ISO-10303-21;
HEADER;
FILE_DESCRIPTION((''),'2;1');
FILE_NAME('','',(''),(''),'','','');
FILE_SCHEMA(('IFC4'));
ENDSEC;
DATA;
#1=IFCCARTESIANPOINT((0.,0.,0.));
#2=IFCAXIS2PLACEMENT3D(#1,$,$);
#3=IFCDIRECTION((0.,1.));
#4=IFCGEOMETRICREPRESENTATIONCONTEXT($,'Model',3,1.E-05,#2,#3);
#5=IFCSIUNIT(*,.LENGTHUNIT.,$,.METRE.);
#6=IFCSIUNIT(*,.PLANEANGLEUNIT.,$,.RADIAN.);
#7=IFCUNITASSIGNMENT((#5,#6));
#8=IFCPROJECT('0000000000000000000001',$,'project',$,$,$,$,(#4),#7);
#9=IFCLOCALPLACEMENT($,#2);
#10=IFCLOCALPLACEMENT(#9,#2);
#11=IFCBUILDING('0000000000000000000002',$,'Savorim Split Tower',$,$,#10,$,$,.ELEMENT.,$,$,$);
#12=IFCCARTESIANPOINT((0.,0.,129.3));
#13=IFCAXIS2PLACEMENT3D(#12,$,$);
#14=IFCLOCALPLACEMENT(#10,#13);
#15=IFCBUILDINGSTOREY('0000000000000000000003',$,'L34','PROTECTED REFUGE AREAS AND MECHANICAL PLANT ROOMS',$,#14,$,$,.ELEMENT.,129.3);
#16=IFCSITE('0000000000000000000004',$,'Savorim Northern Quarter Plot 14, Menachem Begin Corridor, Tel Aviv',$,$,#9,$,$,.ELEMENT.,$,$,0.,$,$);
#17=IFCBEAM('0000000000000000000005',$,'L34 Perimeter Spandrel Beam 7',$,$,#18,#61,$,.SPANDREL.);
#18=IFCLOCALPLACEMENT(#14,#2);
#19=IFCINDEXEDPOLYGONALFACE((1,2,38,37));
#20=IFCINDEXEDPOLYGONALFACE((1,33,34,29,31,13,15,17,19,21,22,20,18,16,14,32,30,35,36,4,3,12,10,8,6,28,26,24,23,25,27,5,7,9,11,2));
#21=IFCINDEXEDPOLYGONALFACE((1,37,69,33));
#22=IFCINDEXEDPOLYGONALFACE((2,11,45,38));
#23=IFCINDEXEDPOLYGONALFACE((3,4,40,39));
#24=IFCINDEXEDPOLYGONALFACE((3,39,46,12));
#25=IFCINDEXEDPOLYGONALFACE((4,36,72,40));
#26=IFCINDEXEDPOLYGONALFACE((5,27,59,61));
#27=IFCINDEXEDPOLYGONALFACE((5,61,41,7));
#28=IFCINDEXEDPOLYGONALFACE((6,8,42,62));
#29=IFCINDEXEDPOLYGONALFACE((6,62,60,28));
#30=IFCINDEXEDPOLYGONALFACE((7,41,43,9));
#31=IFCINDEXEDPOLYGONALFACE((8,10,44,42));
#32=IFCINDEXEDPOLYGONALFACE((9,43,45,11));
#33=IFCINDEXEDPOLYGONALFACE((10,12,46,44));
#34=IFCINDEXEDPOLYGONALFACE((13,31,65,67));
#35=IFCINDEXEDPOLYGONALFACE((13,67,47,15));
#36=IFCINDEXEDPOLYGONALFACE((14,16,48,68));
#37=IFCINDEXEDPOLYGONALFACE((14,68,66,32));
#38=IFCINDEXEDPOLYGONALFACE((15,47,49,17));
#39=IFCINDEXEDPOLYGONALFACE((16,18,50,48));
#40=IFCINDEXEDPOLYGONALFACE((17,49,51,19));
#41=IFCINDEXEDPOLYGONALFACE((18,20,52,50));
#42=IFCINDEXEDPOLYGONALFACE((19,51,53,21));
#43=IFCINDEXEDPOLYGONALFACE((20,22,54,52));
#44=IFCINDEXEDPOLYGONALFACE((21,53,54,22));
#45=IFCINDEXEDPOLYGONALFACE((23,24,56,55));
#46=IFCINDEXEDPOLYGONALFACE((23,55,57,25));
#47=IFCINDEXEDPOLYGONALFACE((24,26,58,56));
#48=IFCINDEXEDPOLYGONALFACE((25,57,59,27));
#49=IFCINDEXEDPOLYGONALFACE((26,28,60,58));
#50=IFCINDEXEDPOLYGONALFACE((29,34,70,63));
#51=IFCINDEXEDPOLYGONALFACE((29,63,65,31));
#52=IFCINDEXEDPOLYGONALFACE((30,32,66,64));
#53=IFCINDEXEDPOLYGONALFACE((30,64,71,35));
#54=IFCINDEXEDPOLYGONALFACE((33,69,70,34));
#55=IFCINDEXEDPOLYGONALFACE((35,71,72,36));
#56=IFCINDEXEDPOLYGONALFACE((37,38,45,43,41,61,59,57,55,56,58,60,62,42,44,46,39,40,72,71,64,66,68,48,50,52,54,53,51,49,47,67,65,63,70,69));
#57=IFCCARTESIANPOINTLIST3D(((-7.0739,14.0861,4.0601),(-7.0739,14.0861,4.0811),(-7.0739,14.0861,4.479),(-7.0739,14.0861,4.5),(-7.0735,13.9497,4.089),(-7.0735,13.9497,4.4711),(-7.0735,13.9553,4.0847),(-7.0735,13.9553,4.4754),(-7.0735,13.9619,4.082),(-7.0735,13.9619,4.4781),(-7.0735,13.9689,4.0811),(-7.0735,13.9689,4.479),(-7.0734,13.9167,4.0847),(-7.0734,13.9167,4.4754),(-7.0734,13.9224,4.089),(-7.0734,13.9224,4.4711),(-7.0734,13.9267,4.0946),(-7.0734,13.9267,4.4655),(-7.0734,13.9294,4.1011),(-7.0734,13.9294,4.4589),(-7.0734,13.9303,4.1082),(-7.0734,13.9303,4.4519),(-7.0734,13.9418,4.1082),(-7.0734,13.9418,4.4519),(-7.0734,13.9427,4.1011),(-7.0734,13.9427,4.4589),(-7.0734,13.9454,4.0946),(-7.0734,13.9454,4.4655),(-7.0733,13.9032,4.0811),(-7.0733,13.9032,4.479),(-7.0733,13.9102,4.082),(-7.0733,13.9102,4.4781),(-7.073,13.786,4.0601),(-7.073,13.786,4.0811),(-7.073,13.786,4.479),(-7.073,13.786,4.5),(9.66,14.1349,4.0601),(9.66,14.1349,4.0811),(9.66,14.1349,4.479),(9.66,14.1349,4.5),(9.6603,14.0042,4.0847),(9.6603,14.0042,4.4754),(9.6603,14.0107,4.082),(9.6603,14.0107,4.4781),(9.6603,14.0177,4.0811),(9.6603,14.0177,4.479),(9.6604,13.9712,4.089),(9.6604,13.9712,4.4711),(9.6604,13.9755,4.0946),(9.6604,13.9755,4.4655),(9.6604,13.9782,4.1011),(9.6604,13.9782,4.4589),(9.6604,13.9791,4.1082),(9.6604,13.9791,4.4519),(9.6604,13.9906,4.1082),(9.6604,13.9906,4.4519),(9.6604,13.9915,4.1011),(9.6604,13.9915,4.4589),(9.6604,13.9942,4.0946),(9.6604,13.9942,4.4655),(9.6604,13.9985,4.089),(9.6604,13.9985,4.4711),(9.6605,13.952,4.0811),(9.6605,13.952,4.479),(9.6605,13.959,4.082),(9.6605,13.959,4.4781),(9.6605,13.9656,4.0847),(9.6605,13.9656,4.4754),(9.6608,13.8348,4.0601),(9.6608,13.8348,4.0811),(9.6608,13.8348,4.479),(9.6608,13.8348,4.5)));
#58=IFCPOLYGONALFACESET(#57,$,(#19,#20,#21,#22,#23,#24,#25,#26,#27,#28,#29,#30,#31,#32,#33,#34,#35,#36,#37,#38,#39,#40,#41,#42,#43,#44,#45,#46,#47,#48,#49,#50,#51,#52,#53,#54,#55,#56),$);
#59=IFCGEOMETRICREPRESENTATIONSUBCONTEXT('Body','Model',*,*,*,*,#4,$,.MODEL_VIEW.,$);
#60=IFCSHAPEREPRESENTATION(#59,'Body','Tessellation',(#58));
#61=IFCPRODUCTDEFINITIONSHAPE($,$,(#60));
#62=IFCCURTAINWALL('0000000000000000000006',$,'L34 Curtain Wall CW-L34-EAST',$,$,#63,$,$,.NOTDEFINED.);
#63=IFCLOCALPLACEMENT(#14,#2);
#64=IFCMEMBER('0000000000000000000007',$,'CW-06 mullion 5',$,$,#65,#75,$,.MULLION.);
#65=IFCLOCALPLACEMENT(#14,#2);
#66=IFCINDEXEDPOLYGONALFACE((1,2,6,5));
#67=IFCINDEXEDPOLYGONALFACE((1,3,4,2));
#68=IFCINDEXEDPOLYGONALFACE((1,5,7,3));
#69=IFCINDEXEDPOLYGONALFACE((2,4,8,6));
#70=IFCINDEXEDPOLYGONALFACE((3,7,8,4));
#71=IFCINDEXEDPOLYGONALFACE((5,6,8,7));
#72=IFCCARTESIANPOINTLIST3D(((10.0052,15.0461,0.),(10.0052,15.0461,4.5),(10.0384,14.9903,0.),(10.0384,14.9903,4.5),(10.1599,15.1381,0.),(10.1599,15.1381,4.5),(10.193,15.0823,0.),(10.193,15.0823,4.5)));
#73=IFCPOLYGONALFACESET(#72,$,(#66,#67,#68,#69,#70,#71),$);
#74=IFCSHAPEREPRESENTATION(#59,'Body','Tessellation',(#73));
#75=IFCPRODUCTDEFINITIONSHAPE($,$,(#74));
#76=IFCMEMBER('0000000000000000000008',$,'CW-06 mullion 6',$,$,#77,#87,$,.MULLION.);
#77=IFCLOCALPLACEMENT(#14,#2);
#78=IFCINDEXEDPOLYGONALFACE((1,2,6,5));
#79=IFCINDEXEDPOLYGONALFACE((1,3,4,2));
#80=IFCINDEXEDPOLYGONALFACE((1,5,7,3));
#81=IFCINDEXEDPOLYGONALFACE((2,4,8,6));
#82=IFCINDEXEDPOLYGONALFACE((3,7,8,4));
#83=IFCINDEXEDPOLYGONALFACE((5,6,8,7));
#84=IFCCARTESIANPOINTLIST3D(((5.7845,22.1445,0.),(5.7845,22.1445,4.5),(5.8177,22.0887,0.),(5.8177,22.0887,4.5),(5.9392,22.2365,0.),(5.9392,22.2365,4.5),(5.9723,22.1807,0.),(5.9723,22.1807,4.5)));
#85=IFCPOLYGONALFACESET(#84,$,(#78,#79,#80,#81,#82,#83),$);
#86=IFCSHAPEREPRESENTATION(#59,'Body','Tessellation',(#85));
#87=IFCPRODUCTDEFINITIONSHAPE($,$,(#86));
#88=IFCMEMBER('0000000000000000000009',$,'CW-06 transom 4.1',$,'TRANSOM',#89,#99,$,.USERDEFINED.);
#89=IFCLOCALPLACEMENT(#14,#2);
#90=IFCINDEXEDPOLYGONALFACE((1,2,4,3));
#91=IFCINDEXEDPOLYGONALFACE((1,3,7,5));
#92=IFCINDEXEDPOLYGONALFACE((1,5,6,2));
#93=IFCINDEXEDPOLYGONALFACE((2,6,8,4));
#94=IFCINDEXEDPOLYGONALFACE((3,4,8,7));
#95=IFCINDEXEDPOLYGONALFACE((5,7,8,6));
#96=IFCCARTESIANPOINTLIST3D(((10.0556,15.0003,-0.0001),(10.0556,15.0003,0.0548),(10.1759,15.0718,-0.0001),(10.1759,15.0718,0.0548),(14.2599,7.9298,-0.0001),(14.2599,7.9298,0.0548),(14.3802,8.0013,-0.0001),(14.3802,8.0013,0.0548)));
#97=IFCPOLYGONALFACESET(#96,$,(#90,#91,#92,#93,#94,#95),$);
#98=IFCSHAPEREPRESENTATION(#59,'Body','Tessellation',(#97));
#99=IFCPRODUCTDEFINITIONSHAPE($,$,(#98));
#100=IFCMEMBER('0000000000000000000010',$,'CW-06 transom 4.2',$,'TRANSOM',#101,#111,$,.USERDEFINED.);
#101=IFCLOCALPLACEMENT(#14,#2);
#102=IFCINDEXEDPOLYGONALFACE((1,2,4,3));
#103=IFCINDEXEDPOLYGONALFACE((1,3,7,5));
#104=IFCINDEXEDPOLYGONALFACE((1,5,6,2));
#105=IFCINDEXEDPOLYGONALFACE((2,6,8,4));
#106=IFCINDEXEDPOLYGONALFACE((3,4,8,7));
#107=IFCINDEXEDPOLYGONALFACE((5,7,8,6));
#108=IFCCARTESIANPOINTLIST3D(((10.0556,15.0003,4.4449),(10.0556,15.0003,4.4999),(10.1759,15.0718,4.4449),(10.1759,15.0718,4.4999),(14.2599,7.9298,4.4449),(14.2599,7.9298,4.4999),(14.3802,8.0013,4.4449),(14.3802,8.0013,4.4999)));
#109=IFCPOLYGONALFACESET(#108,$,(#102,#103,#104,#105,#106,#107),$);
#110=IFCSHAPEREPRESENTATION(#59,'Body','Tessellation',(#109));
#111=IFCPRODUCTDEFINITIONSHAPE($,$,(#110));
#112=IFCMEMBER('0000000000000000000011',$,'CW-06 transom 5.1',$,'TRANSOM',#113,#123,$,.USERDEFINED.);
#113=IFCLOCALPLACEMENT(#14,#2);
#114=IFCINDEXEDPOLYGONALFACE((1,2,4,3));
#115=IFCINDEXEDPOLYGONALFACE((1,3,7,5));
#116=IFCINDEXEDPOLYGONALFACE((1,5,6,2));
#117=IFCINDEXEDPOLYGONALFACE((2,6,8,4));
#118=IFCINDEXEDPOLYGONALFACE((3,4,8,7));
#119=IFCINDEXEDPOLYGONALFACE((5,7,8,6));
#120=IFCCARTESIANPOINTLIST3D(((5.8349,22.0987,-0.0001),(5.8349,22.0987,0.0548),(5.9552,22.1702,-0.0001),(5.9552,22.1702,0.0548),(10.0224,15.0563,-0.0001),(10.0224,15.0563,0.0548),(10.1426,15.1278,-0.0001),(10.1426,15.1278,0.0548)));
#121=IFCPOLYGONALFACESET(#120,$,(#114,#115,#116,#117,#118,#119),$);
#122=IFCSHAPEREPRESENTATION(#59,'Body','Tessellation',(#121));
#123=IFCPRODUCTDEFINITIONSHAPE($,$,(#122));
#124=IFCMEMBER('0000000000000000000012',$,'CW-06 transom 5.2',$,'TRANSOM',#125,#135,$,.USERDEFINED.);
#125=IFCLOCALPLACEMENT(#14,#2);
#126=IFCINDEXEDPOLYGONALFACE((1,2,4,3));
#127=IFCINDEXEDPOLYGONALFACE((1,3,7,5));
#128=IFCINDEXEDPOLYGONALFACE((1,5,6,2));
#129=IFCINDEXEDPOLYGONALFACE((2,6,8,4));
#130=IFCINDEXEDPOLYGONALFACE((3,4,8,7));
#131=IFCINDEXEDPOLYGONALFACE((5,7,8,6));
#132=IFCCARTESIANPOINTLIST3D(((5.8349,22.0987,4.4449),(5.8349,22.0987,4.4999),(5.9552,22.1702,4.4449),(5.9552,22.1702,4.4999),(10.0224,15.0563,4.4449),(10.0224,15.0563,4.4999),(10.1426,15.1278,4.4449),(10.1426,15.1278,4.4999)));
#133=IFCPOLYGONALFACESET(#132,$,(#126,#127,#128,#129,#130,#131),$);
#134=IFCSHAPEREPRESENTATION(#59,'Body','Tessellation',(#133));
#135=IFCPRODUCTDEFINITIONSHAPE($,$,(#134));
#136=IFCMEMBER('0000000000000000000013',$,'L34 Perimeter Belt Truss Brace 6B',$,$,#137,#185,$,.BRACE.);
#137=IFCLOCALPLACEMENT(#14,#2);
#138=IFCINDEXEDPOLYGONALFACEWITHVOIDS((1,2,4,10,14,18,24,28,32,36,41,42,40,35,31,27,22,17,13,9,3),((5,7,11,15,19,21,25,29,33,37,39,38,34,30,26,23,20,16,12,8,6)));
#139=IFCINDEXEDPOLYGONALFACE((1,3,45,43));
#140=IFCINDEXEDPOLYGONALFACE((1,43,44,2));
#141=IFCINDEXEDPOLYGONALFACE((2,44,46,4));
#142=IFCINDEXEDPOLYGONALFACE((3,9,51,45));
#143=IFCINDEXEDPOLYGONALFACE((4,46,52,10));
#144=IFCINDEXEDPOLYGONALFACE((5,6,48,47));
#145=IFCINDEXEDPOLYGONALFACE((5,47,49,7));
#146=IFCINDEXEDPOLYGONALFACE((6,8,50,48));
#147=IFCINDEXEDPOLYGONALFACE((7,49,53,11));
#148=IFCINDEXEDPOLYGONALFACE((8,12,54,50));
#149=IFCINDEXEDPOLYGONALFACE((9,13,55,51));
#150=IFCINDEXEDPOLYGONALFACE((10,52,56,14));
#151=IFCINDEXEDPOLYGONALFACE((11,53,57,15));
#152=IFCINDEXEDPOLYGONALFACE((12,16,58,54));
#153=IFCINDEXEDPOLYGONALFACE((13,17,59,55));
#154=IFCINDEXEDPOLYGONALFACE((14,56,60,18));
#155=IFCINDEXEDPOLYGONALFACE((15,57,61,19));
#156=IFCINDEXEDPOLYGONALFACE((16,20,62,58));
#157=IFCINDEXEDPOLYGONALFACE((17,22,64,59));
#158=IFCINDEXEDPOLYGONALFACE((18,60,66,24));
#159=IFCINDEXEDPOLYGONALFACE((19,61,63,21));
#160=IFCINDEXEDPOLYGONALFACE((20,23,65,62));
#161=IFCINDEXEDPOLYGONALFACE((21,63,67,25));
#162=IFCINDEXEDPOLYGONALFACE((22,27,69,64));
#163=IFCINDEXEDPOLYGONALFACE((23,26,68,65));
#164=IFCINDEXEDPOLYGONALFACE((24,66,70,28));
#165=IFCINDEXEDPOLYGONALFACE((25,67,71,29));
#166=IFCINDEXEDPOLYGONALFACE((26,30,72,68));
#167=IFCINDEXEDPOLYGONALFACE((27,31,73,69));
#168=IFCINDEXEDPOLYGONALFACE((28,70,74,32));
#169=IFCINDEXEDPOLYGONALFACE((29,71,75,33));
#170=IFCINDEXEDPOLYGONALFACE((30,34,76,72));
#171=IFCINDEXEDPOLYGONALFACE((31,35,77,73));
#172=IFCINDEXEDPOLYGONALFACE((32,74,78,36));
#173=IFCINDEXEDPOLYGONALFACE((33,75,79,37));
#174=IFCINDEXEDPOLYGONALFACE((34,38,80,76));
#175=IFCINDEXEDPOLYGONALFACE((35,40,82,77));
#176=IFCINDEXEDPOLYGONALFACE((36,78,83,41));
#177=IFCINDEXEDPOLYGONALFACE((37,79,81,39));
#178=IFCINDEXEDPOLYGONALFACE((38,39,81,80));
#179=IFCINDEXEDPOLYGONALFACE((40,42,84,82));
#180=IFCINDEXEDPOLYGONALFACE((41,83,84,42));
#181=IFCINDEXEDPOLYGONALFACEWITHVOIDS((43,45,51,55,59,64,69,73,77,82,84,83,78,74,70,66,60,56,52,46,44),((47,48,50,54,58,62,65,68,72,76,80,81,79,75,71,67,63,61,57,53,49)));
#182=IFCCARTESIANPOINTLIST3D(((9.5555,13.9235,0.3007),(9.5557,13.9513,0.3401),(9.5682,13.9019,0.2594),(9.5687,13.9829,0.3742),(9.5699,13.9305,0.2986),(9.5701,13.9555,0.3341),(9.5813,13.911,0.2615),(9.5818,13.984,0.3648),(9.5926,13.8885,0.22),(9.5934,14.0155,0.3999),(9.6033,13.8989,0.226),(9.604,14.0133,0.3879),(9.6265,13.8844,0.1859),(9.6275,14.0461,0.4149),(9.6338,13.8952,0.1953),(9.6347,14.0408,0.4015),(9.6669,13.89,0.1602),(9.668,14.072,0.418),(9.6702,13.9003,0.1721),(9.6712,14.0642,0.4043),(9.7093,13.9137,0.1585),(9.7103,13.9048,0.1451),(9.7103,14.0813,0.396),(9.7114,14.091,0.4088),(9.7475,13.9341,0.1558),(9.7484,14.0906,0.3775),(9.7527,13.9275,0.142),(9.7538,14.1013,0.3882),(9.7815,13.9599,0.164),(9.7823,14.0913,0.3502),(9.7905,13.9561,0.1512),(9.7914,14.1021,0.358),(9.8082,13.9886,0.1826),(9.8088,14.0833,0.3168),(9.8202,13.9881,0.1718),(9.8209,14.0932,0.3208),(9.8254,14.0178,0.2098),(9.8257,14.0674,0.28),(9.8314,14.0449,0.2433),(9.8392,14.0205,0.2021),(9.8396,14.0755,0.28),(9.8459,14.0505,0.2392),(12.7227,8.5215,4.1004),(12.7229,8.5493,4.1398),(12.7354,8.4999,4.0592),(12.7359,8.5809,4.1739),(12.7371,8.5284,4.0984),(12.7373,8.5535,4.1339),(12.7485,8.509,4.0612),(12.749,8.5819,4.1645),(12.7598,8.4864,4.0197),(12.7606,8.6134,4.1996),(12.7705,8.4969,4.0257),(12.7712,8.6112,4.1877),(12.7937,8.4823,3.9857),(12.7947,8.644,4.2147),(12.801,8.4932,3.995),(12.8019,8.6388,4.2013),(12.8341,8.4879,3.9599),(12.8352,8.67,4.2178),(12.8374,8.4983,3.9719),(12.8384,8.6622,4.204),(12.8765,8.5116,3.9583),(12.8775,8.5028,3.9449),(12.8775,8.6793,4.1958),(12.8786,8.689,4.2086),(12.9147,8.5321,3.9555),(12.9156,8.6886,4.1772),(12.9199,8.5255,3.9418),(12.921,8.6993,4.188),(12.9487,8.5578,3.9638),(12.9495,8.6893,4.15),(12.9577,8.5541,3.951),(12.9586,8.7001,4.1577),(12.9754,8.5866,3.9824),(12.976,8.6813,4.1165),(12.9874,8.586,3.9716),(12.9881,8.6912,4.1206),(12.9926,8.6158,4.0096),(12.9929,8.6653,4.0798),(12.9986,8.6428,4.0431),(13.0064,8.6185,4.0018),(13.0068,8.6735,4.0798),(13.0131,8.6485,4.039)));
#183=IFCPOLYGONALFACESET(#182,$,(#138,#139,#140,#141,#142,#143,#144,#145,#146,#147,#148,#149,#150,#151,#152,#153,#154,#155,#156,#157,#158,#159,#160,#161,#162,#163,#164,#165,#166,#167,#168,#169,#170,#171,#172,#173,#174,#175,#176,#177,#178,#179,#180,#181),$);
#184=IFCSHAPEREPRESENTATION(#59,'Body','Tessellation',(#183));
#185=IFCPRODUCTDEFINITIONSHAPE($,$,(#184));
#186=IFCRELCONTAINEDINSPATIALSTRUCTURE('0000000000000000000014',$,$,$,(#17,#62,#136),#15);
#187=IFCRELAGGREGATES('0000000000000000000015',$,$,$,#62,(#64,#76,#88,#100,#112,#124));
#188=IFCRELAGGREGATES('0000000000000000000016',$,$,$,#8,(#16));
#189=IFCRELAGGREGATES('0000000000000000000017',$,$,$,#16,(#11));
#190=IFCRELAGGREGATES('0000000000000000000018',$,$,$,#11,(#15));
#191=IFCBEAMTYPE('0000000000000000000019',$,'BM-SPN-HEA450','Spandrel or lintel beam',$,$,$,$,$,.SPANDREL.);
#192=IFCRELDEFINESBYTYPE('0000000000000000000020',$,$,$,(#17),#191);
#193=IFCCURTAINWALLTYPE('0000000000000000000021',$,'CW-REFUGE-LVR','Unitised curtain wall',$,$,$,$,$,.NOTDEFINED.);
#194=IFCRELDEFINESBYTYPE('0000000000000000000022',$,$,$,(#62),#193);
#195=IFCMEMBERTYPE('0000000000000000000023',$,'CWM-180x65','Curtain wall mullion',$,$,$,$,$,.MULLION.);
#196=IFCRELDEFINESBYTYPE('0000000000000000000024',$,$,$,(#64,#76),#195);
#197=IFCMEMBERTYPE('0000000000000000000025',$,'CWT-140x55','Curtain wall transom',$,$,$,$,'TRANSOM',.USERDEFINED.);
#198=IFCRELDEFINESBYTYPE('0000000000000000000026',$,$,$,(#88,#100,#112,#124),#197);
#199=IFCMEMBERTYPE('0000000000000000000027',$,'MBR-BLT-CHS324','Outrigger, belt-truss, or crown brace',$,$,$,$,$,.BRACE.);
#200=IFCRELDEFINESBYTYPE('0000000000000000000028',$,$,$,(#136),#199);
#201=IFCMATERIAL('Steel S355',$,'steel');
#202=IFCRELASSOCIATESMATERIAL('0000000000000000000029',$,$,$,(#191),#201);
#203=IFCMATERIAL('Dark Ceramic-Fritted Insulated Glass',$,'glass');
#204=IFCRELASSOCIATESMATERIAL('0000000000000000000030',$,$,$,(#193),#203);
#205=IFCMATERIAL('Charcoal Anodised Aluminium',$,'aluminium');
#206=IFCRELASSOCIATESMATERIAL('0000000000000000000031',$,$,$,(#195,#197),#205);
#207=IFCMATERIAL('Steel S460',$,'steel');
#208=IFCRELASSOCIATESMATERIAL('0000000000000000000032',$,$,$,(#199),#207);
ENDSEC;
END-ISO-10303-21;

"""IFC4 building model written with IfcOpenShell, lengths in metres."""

from ifc_helpers import new_model, si_unit, direction, frame, origin, origin_2d, place, context, subcontext, project, spatial, rectangle, hollow_circle, i_section, extrude, material, material_profile, profile_set, type_object, element, aggregate, save


model = new_model("IFC4")

# Units and contexts
model_context = context("Model", 3, precision=1e-05, world=origin(), true_north=direction((0.0, 1.0)))
body_context = subcontext(model_context, "Body", "Model", "MODEL_VIEW")
ifc_project = project(units=[si_unit("LENGTHUNIT", "METRE"), si_unit("PLANEANGLEUNIT", "RADIAN")], contexts=[model_context])

# Site, building, storey
site_placement = place(None, origin())
site = spatial("IfcSite", under=ifc_project, at=site_placement, Name="Savorim Northern Quarter Plot 14, Menachem Begin Corridor, Tel Aviv", CompositionType="ELEMENT", RefElevation=0.0)
building_placement = place(site_placement, origin())
building = spatial("IfcBuilding", under=site, at=building_placement, Name="Savorim Split Tower", CompositionType="ELEMENT")
storey_placement = place(building_placement, frame((0.0, 0.0, 129.3)))
storey = spatial("IfcBuildingStorey", under=building, at=storey_placement, Name="L34", Description="PROTECTED REFUGE AREAS AND MECHANICAL PLANT ROOMS", CompositionType="ELEMENT", Elevation=129.3)

# Shared definitions
ifc_material_1 = material(Name="Steel S460", Category="steel")

# Beam
ifc_material_2 = material(Name="Steel S355", Category="steel")
ifc_material_profile_1 = material_profile(ifc_material_2, i_section(OverallWidth=0.3, OverallDepth=0.4399, WebThickness=0.0115, FlangeThickness=0.021, FilletRadius=0.0271, at=origin_2d()), Name="HEA 450")
ifc_profile_set_1 = profile_set([ifc_material_profile_1], Name="Steel S355")
beam_type_1 = type_object("IfcBeamType", Name="BM-SPN-HEA450", Description="Spandrel or lintel beam", PredefinedType="SPANDREL", material=ifc_profile_set_1)
beam_1_placement = place(storey_placement, frame((9.6604, 13.9849, 4.28), z_axis=(-0.999996, -0.002918, 0.0), x_axis=(0.002918, -0.999996, 0.0)))
element("IfcBeam", 1, at=beam_1_placement, inside=storey, type_object=beam_type_1, Name="L34 Perimeter Spandrel Beam 7", PredefinedType="SPANDREL", context=body_context, shape_type="SweptSolid", body=[
    extrude(i_section(OverallWidth=0.3, OverallDepth=0.4399, WebThickness=0.0115, FlangeThickness=0.021, FilletRadius=0.0271, at=origin_2d()), origin(), (0.0, 0.0, 1.0), 16.7339),
])

# Curtain wall, members
ifc_material_3 = material(Name="Dark Ceramic-Fritted Insulated Glass", Category="glass")
curtain_wall_type = type_object("IfcCurtainWallType", Name="CW-REFUGE-LVR", Description="Unitised curtain wall", PredefinedType="NOTDEFINED", material=ifc_material_3)
curtain_wall_placement = place(storey_placement, origin())
curtain_wall = element("IfcCurtainWall", 2, at=curtain_wall_placement, inside=storey, type_object=curtain_wall_type, Name="L34 Curtain Wall CW-L34-EAST", PredefinedType="NOTDEFINED")
ifc_material_4 = material(Name="Charcoal Anodised Aluminium", Category="aluminium")
ifc_material_profile_2 = material_profile(ifc_material_4, rectangle(XDim=0.1799, YDim=0.0649, at=origin_2d()), Name="ALU-M 180x65")
ifc_profile_set_2 = profile_set([ifc_material_profile_2], Name="Charcoal Anodised Aluminium")
member_type_1 = type_object("IfcMemberType", Name="CWM-180x65", Description="Curtain wall mullion", PredefinedType="MULLION", material=ifc_profile_set_2)
member_1_placement = place(storey_placement, frame((10.0991, 15.0642, 0.0), z_axis=(0.0, 0.0, 1.0), x_axis=(-0.859527, -0.511091, 0.0)))
member_1 = element("IfcMember", 3, at=member_1_placement, type_object=member_type_1, Name="CW-06 mullion 5", PredefinedType="MULLION", context=body_context, shape_type="SweptSolid", body=[
    extrude(rectangle(XDim=0.1799, YDim=0.0649, at=origin_2d()), origin(), (0.0, 0.0, 1.0), 4.5),
])
member_2_placement = place(storey_placement, frame((5.8784, 22.1626, 0.0), z_axis=(0.0, 0.0, 1.0), x_axis=(-0.859527, -0.511091, 0.0)))
member_2 = element("IfcMember", 4, at=member_2_placement, type_object=member_type_1, Name="CW-06 mullion 6", PredefinedType="MULLION", context=body_context, shape_type="SweptSolid", body=[
    extrude(rectangle(XDim=0.1799, YDim=0.0649, at=origin_2d()), origin(), (0.0, 0.0, 1.0), 4.5),
])
ifc_material_profile_3 = material_profile(ifc_material_4, rectangle(XDim=0.1399, YDim=0.0549, at=origin_2d()), Name="ALU-T 140x55")
ifc_profile_set_3 = profile_set([ifc_material_profile_3], Name="Charcoal Anodised Aluminium")
member_type_2 = type_object("IfcMemberType", Name="CWT-140x55", Description="Curtain wall transom", ElementType="TRANSOM", PredefinedType="USERDEFINED", material=ifc_profile_set_3)
member_3_placement = place(storey_placement, frame((14.3201, 7.9656, 0.0273), z_axis=(-0.511096, 0.859524, 0.0), x_axis=(-0.859524, -0.511096, 0.0)))
member_3 = element("IfcMember", 5, at=member_3_placement, type_object=member_type_2, Name="CW-06 transom 4.1", ObjectType="TRANSOM", PredefinedType="USERDEFINED", context=body_context, shape_type="SweptSolid", body=[
    extrude(rectangle(XDim=0.1399, YDim=0.0549, at=origin_2d()), origin(), (0.0, 0.0, 1.0), 8.2261),
])
member_4_placement = place(storey_placement, frame((14.3201, 7.9656, 4.4724), z_axis=(-0.511096, 0.859524, 0.0), x_axis=(-0.859524, -0.511096, 0.0)))
member_4 = element("IfcMember", 6, at=member_4_placement, type_object=member_type_2, Name="CW-06 transom 4.2", ObjectType="TRANSOM", PredefinedType="USERDEFINED", context=body_context, shape_type="SweptSolid", body=[
    extrude(rectangle(XDim=0.1399, YDim=0.0549, at=origin_2d()), origin(), (0.0, 0.0, 1.0), 8.2261),
])
member_5_placement = place(storey_placement, frame((10.0825, 15.092, 0.0273), z_axis=(-0.511083, 0.859532, 0.0), x_axis=(-0.859532, -0.511083, 0.0)))
member_5 = element("IfcMember", 7, at=member_5_placement, type_object=member_type_2, Name="CW-06 transom 5.1", ObjectType="TRANSOM", PredefinedType="USERDEFINED", context=body_context, shape_type="SweptSolid", body=[
    extrude(rectangle(XDim=0.1399, YDim=0.0549, at=origin_2d()), origin(), (0.0, 0.0, 1.0), 8.1934),
])
member_6_placement = place(storey_placement, frame((10.0825, 15.092, 4.4724), z_axis=(-0.511083, 0.859532, 0.0), x_axis=(-0.859532, -0.511083, 0.0)))
member_6 = element("IfcMember", 8, at=member_6_placement, type_object=member_type_2, Name="CW-06 transom 5.2", ObjectType="TRANSOM", PredefinedType="USERDEFINED", context=body_context, shape_type="SweptSolid", body=[
    extrude(rectangle(XDim=0.1399, YDim=0.0549, at=origin_2d()), origin(), (0.0, 0.0, 1.0), 8.1934),
])

# Member
ifc_material_profile_4 = material_profile(ifc_material_1, hollow_circle(Radius=0.1619, WallThickness=0.0161, at=origin_2d()), Name="CHS 323.9x16")
ifc_profile_set_4 = profile_set([ifc_material_profile_4], Name="Steel S460")
member_type_3 = type_object("IfcMemberType", Name="MBR-BLT-CHS324", Description="Outrigger, belt-truss, or crown brace", PredefinedType="BRACE", material=ifc_profile_set_4)
member_7_placement = place(storey_placement, frame((9.7, 13.9937, 0.28), z_axis=(0.432399, -0.737509, 0.518759), x_axis=(0.862664, 0.505778, 0.0)))
element("IfcMember", 9, at=member_7_placement, inside=storey, type_object=member_type_3, Name="L34 Perimeter Belt Truss Brace 6B", PredefinedType="BRACE", context=body_context, shape_type="SweptSolid", body=[
    extrude(hollow_circle(Radius=0.1619, WallThickness=0.0161, at=origin_2d()), origin(), (0.0, 0.0, 1.0), 7.3247),
])

aggregate(curtain_wall, [member_1, member_2, member_3, member_4, member_5, member_6])

save(model, "model.ifc")
